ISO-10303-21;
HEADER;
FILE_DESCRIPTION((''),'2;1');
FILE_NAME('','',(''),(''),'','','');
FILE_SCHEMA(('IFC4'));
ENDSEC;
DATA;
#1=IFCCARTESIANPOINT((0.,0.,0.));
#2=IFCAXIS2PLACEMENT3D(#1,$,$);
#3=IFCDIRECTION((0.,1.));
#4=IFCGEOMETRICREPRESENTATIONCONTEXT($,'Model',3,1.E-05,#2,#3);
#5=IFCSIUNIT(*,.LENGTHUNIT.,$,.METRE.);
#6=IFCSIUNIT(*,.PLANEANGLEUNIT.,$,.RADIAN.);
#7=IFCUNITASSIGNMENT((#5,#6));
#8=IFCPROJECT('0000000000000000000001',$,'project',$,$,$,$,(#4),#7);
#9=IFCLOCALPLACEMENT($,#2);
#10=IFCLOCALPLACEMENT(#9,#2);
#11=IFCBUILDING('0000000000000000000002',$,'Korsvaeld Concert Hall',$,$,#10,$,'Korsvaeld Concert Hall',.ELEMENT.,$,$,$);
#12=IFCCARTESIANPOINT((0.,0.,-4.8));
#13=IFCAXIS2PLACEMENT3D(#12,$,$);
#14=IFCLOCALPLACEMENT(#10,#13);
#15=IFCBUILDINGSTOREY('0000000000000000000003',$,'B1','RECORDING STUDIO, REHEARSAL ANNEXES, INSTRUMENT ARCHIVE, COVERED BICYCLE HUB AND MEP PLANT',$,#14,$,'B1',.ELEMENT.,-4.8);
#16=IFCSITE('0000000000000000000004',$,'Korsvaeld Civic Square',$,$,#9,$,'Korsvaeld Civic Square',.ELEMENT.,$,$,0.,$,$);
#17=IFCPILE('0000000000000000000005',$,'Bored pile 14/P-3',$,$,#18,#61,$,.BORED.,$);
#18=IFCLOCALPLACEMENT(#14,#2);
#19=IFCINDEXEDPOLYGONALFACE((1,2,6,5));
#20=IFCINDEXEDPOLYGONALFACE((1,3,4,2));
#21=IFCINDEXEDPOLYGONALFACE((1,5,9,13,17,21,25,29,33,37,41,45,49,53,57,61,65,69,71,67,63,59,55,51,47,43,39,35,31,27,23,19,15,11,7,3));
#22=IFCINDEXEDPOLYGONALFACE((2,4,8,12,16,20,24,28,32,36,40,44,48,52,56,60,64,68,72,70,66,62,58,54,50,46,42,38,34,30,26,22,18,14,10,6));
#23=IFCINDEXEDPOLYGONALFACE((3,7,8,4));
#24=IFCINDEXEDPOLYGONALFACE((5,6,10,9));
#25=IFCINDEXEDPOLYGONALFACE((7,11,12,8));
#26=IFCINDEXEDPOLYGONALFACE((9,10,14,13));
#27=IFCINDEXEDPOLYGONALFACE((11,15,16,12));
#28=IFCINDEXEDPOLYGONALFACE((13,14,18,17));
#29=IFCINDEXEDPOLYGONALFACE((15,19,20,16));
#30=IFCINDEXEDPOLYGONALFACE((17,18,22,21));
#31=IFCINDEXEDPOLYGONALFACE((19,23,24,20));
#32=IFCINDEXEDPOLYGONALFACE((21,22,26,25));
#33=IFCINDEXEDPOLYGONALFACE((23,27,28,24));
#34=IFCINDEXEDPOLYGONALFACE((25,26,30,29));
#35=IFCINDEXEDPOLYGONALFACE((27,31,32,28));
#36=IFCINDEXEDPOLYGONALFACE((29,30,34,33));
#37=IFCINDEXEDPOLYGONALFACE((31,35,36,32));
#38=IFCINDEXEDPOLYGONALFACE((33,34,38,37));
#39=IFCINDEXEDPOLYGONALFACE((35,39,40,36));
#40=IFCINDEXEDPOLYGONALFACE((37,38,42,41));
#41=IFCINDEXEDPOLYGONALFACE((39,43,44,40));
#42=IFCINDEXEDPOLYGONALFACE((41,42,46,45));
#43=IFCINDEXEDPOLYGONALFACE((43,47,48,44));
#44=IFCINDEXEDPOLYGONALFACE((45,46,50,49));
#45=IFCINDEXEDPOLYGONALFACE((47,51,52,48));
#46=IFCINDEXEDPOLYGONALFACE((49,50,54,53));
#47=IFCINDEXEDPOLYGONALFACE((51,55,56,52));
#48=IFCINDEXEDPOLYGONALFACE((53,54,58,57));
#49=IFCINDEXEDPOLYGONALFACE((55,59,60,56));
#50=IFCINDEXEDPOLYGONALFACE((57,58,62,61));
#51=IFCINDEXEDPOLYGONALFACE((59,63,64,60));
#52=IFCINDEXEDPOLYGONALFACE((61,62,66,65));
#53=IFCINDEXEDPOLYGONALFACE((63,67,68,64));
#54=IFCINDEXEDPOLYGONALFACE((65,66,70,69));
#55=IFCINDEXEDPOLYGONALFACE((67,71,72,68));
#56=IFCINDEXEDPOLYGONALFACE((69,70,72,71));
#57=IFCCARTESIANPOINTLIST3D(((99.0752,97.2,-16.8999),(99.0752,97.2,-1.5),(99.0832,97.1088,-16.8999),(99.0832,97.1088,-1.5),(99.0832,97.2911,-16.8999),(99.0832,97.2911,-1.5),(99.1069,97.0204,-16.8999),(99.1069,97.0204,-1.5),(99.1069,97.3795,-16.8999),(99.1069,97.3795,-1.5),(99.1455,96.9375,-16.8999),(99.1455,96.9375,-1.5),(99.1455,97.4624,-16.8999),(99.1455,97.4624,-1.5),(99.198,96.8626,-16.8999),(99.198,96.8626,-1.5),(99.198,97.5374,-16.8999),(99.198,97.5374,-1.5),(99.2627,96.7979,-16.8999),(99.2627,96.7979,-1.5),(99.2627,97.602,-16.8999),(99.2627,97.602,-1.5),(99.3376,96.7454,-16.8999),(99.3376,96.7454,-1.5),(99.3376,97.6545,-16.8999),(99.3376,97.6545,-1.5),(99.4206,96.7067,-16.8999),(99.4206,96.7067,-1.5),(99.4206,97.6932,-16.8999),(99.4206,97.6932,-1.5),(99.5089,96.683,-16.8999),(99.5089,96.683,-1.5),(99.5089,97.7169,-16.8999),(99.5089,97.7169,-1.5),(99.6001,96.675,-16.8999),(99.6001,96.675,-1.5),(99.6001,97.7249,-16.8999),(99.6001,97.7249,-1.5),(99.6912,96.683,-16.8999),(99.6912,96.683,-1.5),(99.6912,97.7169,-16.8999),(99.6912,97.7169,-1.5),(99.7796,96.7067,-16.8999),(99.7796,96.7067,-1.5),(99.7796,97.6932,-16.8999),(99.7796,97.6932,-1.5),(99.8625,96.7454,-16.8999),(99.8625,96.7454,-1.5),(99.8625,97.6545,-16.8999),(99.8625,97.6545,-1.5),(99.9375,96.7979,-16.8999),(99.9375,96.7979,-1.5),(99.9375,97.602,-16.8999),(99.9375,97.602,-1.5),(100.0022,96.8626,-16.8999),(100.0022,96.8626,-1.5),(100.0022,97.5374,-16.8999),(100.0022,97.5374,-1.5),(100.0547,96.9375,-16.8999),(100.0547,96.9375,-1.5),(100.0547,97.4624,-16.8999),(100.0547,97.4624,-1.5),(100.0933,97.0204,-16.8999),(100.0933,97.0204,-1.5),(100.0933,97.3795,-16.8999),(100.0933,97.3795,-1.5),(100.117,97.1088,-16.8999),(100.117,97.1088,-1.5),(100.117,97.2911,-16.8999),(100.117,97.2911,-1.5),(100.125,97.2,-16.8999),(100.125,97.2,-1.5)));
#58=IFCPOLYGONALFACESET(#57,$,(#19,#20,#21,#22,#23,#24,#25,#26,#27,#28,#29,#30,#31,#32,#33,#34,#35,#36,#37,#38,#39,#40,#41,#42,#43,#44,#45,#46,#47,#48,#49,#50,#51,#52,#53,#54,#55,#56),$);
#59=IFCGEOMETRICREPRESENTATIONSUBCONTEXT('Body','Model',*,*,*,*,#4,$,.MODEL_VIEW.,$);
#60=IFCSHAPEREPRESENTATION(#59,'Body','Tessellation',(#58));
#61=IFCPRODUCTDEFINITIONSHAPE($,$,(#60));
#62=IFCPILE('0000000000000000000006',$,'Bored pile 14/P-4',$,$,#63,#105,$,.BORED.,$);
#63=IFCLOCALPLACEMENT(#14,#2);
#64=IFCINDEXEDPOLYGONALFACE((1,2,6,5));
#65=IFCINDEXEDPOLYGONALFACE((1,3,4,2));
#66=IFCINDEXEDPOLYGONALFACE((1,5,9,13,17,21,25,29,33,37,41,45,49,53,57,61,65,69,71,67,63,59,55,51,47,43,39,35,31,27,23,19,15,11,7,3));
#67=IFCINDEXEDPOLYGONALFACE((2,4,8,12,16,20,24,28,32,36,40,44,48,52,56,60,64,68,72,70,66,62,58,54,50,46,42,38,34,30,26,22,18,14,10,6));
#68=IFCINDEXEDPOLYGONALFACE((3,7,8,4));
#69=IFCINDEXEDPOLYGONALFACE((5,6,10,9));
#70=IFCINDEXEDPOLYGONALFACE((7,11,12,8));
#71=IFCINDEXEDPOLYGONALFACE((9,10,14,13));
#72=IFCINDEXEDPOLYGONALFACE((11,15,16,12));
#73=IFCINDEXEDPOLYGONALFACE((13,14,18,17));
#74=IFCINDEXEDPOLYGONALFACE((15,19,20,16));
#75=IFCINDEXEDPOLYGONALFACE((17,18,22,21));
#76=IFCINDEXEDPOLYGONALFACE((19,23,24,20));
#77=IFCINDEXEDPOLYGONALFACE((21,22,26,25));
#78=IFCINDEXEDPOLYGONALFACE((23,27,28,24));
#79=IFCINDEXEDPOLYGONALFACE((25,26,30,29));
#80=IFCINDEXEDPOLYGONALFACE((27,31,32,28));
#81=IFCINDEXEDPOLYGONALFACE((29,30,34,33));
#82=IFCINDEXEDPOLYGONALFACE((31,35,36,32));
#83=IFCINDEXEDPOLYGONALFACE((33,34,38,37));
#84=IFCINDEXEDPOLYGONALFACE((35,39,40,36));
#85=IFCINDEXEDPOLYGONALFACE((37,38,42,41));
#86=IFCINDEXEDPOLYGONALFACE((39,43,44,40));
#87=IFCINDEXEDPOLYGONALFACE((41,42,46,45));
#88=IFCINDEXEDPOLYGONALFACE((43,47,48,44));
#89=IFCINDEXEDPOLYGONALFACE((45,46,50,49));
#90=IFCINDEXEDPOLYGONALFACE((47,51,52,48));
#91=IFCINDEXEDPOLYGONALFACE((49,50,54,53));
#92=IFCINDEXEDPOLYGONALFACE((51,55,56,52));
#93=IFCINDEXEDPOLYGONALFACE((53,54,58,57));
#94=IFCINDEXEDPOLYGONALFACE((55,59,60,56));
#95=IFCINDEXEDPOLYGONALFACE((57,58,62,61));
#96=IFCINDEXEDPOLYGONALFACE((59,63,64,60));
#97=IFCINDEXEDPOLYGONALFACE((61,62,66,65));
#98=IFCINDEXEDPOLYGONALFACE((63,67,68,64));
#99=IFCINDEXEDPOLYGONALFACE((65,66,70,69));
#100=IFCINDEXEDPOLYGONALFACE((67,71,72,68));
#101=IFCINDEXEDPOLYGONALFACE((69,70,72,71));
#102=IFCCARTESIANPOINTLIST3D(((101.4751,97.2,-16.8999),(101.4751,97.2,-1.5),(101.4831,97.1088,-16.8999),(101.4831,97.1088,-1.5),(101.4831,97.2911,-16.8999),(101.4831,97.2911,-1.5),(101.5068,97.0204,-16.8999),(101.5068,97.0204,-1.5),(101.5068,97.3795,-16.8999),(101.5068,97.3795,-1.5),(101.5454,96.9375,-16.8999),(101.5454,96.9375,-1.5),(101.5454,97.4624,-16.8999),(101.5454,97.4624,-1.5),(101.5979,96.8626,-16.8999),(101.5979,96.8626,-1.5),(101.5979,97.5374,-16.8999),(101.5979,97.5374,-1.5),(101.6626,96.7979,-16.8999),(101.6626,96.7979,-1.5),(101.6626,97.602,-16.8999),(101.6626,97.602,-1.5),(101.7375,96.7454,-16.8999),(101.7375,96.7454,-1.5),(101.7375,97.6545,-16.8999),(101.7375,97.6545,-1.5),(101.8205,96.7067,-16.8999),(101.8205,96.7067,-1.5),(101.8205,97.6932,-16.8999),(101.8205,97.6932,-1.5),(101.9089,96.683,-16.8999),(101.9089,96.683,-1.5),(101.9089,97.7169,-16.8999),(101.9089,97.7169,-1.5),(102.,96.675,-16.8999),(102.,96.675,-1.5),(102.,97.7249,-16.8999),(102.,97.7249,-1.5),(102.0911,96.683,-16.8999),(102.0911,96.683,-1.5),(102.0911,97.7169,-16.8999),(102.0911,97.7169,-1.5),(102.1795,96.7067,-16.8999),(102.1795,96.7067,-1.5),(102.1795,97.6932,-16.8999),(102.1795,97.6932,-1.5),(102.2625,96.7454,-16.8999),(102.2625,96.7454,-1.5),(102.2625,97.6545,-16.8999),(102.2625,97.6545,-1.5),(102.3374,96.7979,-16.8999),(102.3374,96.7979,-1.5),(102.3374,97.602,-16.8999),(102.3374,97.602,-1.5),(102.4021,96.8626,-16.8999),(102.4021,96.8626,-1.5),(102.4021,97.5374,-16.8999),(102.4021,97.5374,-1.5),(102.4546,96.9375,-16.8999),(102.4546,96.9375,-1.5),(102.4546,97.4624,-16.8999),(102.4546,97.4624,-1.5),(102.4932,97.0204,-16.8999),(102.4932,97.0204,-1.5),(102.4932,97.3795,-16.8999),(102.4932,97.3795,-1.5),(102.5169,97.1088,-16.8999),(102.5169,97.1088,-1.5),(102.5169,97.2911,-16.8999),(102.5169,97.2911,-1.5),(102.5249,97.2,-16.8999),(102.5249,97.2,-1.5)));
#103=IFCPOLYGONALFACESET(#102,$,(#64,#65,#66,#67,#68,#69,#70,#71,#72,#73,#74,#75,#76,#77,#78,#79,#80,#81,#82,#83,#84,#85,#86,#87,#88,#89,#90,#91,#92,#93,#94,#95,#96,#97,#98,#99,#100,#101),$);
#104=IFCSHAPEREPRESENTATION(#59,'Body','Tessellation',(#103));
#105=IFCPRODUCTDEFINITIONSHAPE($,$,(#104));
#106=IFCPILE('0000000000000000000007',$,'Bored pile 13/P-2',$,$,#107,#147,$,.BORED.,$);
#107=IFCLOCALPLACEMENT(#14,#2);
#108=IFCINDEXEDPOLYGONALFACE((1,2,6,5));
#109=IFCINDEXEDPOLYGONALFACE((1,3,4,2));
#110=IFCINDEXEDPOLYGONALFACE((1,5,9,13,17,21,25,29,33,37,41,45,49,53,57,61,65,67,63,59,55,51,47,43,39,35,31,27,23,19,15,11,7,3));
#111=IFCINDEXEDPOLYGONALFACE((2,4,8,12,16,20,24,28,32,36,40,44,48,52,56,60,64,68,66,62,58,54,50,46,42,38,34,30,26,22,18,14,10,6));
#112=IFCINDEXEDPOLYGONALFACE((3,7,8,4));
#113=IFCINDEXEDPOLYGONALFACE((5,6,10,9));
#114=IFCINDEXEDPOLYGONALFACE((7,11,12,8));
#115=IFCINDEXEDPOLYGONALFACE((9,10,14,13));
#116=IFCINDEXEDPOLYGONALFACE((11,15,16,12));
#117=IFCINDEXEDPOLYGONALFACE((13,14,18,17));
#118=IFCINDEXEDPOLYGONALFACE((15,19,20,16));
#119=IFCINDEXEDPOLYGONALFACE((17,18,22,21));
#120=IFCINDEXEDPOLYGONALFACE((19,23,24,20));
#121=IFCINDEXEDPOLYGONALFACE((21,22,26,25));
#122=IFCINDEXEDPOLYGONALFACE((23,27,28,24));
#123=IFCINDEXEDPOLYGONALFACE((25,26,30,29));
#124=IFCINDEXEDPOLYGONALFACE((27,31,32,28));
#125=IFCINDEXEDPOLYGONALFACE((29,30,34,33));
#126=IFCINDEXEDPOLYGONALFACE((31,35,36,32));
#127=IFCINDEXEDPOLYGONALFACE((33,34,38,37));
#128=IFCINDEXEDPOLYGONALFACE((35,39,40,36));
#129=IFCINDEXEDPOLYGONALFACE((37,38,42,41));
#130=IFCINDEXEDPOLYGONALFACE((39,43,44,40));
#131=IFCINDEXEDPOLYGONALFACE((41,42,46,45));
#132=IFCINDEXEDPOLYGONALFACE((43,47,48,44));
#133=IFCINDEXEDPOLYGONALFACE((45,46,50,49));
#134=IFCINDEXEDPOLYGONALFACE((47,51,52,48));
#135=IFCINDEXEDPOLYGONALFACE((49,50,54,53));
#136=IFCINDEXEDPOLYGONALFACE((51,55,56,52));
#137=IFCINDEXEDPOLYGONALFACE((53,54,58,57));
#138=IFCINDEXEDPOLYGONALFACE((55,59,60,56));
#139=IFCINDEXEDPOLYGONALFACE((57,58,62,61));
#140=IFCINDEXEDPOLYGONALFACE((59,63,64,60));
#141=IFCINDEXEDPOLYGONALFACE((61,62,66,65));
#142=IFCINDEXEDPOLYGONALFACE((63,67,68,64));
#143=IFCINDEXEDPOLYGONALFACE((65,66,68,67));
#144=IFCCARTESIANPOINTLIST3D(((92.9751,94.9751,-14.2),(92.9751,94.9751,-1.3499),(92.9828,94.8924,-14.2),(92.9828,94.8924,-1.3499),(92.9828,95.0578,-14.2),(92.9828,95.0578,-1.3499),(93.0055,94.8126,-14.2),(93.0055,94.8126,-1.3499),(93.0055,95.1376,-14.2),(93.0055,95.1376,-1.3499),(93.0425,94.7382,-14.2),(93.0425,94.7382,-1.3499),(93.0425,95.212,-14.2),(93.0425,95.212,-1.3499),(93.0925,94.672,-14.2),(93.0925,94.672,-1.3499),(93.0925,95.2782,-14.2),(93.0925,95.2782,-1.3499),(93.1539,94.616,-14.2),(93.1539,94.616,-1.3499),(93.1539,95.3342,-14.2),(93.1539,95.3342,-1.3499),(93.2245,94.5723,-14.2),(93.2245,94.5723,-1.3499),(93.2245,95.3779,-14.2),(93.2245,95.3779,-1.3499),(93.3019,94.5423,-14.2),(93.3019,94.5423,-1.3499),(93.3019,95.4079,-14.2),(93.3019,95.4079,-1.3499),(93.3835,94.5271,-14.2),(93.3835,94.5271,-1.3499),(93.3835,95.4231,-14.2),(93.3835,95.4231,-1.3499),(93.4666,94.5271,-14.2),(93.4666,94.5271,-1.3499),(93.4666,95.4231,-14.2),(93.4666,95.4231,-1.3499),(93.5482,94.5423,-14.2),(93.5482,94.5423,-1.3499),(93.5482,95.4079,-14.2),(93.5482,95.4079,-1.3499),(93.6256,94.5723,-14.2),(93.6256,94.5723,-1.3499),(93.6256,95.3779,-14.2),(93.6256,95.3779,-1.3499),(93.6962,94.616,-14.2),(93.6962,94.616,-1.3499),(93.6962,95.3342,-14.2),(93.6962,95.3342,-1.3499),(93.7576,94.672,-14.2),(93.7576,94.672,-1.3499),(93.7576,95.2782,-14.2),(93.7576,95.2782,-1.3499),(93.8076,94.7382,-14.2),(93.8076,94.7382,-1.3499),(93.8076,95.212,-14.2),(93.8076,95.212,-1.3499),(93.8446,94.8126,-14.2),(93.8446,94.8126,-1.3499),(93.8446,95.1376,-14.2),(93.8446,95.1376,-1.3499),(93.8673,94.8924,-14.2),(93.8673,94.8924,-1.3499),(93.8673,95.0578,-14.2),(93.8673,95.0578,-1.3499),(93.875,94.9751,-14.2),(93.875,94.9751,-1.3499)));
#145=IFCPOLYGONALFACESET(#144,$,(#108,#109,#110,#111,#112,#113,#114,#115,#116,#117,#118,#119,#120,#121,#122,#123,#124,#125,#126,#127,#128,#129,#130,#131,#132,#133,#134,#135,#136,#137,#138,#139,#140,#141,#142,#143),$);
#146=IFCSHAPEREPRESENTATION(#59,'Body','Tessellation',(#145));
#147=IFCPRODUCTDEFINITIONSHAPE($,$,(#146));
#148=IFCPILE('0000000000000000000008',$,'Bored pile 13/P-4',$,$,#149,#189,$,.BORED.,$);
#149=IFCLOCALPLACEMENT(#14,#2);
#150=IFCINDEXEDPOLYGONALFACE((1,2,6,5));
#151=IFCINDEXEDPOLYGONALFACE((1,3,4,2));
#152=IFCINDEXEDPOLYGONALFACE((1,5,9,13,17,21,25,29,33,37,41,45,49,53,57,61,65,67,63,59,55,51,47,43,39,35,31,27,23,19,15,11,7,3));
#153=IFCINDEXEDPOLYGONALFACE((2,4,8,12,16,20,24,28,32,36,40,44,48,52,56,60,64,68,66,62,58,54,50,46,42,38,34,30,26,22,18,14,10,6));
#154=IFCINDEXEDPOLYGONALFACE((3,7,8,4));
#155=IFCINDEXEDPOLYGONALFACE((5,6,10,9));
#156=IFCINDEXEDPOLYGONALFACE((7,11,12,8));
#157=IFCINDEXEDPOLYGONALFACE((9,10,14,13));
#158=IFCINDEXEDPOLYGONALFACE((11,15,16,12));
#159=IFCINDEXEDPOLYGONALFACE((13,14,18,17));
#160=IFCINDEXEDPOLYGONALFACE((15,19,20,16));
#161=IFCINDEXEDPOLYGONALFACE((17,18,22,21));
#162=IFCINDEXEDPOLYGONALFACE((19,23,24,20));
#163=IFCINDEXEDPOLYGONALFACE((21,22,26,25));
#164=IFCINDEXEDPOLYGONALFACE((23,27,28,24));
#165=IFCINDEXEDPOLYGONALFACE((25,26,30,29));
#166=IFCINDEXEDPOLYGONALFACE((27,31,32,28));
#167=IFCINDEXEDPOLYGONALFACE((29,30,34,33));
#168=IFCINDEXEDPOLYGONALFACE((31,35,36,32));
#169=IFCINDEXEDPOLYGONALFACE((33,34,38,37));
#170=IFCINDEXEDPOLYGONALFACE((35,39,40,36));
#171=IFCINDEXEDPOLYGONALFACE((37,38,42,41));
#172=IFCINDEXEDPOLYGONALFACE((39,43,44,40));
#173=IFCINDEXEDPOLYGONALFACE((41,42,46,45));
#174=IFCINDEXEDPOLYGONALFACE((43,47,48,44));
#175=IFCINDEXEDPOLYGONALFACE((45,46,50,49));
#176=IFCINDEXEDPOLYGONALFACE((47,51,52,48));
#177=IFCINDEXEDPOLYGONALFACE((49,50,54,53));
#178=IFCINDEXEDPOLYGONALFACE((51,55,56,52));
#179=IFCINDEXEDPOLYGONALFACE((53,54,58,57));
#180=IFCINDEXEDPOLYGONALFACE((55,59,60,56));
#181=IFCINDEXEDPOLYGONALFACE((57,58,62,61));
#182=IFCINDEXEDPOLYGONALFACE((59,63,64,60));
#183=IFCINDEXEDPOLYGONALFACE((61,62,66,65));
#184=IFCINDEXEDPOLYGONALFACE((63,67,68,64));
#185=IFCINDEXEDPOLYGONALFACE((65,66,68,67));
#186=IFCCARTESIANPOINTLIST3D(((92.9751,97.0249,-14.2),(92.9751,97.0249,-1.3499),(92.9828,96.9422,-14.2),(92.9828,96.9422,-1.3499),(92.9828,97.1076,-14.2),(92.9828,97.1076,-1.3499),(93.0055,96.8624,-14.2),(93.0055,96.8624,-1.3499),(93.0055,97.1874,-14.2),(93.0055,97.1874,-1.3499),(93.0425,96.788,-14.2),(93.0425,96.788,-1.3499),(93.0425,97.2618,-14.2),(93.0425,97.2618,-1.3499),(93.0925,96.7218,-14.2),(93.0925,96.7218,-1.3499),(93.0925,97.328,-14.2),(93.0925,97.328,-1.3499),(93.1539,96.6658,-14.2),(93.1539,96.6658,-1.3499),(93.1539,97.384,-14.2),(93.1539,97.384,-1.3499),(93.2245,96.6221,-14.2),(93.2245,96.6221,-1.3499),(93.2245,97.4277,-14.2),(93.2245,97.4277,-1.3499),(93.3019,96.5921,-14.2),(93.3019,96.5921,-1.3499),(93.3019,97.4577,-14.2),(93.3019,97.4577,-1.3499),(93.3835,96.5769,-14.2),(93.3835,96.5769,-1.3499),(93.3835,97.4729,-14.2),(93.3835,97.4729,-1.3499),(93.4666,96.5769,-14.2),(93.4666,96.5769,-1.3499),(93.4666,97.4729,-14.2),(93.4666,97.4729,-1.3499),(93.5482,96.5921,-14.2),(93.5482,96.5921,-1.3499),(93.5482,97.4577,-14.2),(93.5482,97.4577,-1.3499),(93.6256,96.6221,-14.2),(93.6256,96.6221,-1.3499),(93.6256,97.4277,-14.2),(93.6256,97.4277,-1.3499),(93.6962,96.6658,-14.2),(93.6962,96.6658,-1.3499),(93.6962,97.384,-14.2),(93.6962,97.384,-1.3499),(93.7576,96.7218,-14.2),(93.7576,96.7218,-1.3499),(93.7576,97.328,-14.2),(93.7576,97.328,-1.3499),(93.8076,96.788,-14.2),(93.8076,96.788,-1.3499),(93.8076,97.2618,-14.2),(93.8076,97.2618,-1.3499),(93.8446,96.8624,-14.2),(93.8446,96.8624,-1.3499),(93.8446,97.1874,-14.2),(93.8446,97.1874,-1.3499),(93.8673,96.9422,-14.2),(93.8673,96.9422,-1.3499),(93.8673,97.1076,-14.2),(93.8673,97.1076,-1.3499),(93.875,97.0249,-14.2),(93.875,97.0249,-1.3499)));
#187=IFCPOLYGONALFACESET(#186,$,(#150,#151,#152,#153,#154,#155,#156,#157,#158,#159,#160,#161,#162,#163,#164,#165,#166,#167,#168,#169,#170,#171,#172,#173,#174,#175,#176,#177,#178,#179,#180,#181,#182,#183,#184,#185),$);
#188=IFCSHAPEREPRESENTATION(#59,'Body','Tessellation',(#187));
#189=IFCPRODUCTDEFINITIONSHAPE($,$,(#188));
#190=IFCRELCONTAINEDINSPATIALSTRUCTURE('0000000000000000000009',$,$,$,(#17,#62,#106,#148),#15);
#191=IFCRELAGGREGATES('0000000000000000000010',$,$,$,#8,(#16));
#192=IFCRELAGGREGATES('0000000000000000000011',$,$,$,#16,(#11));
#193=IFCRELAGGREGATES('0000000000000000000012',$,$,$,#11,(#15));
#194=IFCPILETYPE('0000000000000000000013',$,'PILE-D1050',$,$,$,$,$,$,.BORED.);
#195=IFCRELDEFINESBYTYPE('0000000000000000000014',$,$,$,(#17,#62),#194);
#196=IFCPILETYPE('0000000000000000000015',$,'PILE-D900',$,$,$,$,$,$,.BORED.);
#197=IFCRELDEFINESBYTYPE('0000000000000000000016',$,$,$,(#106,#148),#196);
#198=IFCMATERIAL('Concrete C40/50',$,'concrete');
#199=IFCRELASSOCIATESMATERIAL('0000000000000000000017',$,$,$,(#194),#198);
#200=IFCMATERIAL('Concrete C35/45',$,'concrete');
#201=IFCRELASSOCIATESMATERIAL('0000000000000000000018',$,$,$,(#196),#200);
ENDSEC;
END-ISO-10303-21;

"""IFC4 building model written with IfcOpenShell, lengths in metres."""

from ifc_helpers import new_model, si_unit, direction, frame, origin, origin_2d, place, context, subcontext, project, spatial, circle, extrude, material, material_profile, profile_set, type_object, element, save


model = new_model("IFC4")

# Units and contexts
model_context = context("Model", 3, precision=1e-05, world=origin(), true_north=direction((0.0, 1.0)))
body_context = subcontext(model_context, "Body", "Model", "MODEL_VIEW")
ifc_project = project(units=[si_unit("LENGTHUNIT", "METRE"), si_unit("PLANEANGLEUNIT", "RADIAN")], contexts=[model_context])

# Site, building, storey
site_placement = place(None, origin())
site = spatial("IfcSite", under=ifc_project, at=site_placement, Name="Korsvaeld Civic Square", LongName="Korsvaeld Civic Square", CompositionType="ELEMENT", RefElevation=0.0)
building_placement = place(site_placement, origin())
building = spatial("IfcBuilding", under=site, at=building_placement, Name="Korsvaeld Concert Hall", LongName="Korsvaeld Concert Hall", CompositionType="ELEMENT")
storey_placement = place(building_placement, frame((0.0, 0.0, -4.8)))
storey = spatial("IfcBuildingStorey", under=building, at=storey_placement, Name="B1", Description="RECORDING STUDIO, REHEARSAL ANNEXES, INSTRUMENT ARCHIVE, COVERED BICYCLE HUB AND MEP PLANT", LongName="B1", CompositionType="ELEMENT", Elevation=-4.8)

# Shared definitions
ifc_material_1 = material(Name="Concrete C35/45", Category="concrete")

# Piles
ifc_material_2 = material(Name="Concrete C40/50", Category="concrete")
ifc_material_profile_1 = material_profile(ifc_material_2, circle(Radius=0.5249, at=origin_2d()), Name="BORED PILE D1050")
ifc_profile_set_1 = profile_set([ifc_material_profile_1], Name="Concrete C40/50")
pile_type_1 = type_object("IfcPileType", Name="PILE-D1050", PredefinedType="BORED", material=ifc_profile_set_1)
for number, where, z_axis, x_axis, name in (
    (1, (99.6001, 97.2, -1.5), (0.0, 0.0, -1.0), (1.0, 0.0, 0.0), "Bored pile 14/P-3"),
    (2, (102.0, 97.2, -1.5), (0.0, 0.0, -1.0), (1.0, 0.0, 0.0), "Bored pile 14/P-4"),
):
    element("IfcPile", number, at=place(storey_placement, frame(where, z_axis=z_axis, x_axis=x_axis)), inside=storey, type_object=pile_type_1, Name=name, PredefinedType="BORED", context=body_context, shape_type="SweptSolid", body=[
        extrude(circle(Radius=0.5249, at=origin_2d()), origin(), (0.0, 0.0, 1.0), 15.3999),
    ])
ifc_material_profile_2 = material_profile(ifc_material_1, circle(Radius=0.45, at=origin_2d()), Name="BORED PILE D900")
ifc_profile_set_2 = profile_set([ifc_material_profile_2], Name="Concrete C35/45")
pile_type_2 = type_object("IfcPileType", Name="PILE-D900", PredefinedType="BORED", material=ifc_profile_set_2)
for number, where, z_axis, x_axis, name in (
    (3, (93.425, 94.9751, -1.3499), (0.0, 0.0, -1.0), (1.0, 0.0, 0.0), "Bored pile 13/P-2"),
    (4, (93.425, 97.0249, -1.3499), (0.0, 0.0, -1.0), (1.0, 0.0, 0.0), "Bored pile 13/P-4"),
):
    element("IfcPile", number, at=place(storey_placement, frame(where, z_axis=z_axis, x_axis=x_axis)), inside=storey, type_object=pile_type_2, Name=name, PredefinedType="BORED", context=body_context, shape_type="SweptSolid", body=[
        extrude(circle(Radius=0.45, at=origin_2d()), origin(), (0.0, 0.0, 1.0), 12.8501),
    ])

save(model, "model.ifc")
